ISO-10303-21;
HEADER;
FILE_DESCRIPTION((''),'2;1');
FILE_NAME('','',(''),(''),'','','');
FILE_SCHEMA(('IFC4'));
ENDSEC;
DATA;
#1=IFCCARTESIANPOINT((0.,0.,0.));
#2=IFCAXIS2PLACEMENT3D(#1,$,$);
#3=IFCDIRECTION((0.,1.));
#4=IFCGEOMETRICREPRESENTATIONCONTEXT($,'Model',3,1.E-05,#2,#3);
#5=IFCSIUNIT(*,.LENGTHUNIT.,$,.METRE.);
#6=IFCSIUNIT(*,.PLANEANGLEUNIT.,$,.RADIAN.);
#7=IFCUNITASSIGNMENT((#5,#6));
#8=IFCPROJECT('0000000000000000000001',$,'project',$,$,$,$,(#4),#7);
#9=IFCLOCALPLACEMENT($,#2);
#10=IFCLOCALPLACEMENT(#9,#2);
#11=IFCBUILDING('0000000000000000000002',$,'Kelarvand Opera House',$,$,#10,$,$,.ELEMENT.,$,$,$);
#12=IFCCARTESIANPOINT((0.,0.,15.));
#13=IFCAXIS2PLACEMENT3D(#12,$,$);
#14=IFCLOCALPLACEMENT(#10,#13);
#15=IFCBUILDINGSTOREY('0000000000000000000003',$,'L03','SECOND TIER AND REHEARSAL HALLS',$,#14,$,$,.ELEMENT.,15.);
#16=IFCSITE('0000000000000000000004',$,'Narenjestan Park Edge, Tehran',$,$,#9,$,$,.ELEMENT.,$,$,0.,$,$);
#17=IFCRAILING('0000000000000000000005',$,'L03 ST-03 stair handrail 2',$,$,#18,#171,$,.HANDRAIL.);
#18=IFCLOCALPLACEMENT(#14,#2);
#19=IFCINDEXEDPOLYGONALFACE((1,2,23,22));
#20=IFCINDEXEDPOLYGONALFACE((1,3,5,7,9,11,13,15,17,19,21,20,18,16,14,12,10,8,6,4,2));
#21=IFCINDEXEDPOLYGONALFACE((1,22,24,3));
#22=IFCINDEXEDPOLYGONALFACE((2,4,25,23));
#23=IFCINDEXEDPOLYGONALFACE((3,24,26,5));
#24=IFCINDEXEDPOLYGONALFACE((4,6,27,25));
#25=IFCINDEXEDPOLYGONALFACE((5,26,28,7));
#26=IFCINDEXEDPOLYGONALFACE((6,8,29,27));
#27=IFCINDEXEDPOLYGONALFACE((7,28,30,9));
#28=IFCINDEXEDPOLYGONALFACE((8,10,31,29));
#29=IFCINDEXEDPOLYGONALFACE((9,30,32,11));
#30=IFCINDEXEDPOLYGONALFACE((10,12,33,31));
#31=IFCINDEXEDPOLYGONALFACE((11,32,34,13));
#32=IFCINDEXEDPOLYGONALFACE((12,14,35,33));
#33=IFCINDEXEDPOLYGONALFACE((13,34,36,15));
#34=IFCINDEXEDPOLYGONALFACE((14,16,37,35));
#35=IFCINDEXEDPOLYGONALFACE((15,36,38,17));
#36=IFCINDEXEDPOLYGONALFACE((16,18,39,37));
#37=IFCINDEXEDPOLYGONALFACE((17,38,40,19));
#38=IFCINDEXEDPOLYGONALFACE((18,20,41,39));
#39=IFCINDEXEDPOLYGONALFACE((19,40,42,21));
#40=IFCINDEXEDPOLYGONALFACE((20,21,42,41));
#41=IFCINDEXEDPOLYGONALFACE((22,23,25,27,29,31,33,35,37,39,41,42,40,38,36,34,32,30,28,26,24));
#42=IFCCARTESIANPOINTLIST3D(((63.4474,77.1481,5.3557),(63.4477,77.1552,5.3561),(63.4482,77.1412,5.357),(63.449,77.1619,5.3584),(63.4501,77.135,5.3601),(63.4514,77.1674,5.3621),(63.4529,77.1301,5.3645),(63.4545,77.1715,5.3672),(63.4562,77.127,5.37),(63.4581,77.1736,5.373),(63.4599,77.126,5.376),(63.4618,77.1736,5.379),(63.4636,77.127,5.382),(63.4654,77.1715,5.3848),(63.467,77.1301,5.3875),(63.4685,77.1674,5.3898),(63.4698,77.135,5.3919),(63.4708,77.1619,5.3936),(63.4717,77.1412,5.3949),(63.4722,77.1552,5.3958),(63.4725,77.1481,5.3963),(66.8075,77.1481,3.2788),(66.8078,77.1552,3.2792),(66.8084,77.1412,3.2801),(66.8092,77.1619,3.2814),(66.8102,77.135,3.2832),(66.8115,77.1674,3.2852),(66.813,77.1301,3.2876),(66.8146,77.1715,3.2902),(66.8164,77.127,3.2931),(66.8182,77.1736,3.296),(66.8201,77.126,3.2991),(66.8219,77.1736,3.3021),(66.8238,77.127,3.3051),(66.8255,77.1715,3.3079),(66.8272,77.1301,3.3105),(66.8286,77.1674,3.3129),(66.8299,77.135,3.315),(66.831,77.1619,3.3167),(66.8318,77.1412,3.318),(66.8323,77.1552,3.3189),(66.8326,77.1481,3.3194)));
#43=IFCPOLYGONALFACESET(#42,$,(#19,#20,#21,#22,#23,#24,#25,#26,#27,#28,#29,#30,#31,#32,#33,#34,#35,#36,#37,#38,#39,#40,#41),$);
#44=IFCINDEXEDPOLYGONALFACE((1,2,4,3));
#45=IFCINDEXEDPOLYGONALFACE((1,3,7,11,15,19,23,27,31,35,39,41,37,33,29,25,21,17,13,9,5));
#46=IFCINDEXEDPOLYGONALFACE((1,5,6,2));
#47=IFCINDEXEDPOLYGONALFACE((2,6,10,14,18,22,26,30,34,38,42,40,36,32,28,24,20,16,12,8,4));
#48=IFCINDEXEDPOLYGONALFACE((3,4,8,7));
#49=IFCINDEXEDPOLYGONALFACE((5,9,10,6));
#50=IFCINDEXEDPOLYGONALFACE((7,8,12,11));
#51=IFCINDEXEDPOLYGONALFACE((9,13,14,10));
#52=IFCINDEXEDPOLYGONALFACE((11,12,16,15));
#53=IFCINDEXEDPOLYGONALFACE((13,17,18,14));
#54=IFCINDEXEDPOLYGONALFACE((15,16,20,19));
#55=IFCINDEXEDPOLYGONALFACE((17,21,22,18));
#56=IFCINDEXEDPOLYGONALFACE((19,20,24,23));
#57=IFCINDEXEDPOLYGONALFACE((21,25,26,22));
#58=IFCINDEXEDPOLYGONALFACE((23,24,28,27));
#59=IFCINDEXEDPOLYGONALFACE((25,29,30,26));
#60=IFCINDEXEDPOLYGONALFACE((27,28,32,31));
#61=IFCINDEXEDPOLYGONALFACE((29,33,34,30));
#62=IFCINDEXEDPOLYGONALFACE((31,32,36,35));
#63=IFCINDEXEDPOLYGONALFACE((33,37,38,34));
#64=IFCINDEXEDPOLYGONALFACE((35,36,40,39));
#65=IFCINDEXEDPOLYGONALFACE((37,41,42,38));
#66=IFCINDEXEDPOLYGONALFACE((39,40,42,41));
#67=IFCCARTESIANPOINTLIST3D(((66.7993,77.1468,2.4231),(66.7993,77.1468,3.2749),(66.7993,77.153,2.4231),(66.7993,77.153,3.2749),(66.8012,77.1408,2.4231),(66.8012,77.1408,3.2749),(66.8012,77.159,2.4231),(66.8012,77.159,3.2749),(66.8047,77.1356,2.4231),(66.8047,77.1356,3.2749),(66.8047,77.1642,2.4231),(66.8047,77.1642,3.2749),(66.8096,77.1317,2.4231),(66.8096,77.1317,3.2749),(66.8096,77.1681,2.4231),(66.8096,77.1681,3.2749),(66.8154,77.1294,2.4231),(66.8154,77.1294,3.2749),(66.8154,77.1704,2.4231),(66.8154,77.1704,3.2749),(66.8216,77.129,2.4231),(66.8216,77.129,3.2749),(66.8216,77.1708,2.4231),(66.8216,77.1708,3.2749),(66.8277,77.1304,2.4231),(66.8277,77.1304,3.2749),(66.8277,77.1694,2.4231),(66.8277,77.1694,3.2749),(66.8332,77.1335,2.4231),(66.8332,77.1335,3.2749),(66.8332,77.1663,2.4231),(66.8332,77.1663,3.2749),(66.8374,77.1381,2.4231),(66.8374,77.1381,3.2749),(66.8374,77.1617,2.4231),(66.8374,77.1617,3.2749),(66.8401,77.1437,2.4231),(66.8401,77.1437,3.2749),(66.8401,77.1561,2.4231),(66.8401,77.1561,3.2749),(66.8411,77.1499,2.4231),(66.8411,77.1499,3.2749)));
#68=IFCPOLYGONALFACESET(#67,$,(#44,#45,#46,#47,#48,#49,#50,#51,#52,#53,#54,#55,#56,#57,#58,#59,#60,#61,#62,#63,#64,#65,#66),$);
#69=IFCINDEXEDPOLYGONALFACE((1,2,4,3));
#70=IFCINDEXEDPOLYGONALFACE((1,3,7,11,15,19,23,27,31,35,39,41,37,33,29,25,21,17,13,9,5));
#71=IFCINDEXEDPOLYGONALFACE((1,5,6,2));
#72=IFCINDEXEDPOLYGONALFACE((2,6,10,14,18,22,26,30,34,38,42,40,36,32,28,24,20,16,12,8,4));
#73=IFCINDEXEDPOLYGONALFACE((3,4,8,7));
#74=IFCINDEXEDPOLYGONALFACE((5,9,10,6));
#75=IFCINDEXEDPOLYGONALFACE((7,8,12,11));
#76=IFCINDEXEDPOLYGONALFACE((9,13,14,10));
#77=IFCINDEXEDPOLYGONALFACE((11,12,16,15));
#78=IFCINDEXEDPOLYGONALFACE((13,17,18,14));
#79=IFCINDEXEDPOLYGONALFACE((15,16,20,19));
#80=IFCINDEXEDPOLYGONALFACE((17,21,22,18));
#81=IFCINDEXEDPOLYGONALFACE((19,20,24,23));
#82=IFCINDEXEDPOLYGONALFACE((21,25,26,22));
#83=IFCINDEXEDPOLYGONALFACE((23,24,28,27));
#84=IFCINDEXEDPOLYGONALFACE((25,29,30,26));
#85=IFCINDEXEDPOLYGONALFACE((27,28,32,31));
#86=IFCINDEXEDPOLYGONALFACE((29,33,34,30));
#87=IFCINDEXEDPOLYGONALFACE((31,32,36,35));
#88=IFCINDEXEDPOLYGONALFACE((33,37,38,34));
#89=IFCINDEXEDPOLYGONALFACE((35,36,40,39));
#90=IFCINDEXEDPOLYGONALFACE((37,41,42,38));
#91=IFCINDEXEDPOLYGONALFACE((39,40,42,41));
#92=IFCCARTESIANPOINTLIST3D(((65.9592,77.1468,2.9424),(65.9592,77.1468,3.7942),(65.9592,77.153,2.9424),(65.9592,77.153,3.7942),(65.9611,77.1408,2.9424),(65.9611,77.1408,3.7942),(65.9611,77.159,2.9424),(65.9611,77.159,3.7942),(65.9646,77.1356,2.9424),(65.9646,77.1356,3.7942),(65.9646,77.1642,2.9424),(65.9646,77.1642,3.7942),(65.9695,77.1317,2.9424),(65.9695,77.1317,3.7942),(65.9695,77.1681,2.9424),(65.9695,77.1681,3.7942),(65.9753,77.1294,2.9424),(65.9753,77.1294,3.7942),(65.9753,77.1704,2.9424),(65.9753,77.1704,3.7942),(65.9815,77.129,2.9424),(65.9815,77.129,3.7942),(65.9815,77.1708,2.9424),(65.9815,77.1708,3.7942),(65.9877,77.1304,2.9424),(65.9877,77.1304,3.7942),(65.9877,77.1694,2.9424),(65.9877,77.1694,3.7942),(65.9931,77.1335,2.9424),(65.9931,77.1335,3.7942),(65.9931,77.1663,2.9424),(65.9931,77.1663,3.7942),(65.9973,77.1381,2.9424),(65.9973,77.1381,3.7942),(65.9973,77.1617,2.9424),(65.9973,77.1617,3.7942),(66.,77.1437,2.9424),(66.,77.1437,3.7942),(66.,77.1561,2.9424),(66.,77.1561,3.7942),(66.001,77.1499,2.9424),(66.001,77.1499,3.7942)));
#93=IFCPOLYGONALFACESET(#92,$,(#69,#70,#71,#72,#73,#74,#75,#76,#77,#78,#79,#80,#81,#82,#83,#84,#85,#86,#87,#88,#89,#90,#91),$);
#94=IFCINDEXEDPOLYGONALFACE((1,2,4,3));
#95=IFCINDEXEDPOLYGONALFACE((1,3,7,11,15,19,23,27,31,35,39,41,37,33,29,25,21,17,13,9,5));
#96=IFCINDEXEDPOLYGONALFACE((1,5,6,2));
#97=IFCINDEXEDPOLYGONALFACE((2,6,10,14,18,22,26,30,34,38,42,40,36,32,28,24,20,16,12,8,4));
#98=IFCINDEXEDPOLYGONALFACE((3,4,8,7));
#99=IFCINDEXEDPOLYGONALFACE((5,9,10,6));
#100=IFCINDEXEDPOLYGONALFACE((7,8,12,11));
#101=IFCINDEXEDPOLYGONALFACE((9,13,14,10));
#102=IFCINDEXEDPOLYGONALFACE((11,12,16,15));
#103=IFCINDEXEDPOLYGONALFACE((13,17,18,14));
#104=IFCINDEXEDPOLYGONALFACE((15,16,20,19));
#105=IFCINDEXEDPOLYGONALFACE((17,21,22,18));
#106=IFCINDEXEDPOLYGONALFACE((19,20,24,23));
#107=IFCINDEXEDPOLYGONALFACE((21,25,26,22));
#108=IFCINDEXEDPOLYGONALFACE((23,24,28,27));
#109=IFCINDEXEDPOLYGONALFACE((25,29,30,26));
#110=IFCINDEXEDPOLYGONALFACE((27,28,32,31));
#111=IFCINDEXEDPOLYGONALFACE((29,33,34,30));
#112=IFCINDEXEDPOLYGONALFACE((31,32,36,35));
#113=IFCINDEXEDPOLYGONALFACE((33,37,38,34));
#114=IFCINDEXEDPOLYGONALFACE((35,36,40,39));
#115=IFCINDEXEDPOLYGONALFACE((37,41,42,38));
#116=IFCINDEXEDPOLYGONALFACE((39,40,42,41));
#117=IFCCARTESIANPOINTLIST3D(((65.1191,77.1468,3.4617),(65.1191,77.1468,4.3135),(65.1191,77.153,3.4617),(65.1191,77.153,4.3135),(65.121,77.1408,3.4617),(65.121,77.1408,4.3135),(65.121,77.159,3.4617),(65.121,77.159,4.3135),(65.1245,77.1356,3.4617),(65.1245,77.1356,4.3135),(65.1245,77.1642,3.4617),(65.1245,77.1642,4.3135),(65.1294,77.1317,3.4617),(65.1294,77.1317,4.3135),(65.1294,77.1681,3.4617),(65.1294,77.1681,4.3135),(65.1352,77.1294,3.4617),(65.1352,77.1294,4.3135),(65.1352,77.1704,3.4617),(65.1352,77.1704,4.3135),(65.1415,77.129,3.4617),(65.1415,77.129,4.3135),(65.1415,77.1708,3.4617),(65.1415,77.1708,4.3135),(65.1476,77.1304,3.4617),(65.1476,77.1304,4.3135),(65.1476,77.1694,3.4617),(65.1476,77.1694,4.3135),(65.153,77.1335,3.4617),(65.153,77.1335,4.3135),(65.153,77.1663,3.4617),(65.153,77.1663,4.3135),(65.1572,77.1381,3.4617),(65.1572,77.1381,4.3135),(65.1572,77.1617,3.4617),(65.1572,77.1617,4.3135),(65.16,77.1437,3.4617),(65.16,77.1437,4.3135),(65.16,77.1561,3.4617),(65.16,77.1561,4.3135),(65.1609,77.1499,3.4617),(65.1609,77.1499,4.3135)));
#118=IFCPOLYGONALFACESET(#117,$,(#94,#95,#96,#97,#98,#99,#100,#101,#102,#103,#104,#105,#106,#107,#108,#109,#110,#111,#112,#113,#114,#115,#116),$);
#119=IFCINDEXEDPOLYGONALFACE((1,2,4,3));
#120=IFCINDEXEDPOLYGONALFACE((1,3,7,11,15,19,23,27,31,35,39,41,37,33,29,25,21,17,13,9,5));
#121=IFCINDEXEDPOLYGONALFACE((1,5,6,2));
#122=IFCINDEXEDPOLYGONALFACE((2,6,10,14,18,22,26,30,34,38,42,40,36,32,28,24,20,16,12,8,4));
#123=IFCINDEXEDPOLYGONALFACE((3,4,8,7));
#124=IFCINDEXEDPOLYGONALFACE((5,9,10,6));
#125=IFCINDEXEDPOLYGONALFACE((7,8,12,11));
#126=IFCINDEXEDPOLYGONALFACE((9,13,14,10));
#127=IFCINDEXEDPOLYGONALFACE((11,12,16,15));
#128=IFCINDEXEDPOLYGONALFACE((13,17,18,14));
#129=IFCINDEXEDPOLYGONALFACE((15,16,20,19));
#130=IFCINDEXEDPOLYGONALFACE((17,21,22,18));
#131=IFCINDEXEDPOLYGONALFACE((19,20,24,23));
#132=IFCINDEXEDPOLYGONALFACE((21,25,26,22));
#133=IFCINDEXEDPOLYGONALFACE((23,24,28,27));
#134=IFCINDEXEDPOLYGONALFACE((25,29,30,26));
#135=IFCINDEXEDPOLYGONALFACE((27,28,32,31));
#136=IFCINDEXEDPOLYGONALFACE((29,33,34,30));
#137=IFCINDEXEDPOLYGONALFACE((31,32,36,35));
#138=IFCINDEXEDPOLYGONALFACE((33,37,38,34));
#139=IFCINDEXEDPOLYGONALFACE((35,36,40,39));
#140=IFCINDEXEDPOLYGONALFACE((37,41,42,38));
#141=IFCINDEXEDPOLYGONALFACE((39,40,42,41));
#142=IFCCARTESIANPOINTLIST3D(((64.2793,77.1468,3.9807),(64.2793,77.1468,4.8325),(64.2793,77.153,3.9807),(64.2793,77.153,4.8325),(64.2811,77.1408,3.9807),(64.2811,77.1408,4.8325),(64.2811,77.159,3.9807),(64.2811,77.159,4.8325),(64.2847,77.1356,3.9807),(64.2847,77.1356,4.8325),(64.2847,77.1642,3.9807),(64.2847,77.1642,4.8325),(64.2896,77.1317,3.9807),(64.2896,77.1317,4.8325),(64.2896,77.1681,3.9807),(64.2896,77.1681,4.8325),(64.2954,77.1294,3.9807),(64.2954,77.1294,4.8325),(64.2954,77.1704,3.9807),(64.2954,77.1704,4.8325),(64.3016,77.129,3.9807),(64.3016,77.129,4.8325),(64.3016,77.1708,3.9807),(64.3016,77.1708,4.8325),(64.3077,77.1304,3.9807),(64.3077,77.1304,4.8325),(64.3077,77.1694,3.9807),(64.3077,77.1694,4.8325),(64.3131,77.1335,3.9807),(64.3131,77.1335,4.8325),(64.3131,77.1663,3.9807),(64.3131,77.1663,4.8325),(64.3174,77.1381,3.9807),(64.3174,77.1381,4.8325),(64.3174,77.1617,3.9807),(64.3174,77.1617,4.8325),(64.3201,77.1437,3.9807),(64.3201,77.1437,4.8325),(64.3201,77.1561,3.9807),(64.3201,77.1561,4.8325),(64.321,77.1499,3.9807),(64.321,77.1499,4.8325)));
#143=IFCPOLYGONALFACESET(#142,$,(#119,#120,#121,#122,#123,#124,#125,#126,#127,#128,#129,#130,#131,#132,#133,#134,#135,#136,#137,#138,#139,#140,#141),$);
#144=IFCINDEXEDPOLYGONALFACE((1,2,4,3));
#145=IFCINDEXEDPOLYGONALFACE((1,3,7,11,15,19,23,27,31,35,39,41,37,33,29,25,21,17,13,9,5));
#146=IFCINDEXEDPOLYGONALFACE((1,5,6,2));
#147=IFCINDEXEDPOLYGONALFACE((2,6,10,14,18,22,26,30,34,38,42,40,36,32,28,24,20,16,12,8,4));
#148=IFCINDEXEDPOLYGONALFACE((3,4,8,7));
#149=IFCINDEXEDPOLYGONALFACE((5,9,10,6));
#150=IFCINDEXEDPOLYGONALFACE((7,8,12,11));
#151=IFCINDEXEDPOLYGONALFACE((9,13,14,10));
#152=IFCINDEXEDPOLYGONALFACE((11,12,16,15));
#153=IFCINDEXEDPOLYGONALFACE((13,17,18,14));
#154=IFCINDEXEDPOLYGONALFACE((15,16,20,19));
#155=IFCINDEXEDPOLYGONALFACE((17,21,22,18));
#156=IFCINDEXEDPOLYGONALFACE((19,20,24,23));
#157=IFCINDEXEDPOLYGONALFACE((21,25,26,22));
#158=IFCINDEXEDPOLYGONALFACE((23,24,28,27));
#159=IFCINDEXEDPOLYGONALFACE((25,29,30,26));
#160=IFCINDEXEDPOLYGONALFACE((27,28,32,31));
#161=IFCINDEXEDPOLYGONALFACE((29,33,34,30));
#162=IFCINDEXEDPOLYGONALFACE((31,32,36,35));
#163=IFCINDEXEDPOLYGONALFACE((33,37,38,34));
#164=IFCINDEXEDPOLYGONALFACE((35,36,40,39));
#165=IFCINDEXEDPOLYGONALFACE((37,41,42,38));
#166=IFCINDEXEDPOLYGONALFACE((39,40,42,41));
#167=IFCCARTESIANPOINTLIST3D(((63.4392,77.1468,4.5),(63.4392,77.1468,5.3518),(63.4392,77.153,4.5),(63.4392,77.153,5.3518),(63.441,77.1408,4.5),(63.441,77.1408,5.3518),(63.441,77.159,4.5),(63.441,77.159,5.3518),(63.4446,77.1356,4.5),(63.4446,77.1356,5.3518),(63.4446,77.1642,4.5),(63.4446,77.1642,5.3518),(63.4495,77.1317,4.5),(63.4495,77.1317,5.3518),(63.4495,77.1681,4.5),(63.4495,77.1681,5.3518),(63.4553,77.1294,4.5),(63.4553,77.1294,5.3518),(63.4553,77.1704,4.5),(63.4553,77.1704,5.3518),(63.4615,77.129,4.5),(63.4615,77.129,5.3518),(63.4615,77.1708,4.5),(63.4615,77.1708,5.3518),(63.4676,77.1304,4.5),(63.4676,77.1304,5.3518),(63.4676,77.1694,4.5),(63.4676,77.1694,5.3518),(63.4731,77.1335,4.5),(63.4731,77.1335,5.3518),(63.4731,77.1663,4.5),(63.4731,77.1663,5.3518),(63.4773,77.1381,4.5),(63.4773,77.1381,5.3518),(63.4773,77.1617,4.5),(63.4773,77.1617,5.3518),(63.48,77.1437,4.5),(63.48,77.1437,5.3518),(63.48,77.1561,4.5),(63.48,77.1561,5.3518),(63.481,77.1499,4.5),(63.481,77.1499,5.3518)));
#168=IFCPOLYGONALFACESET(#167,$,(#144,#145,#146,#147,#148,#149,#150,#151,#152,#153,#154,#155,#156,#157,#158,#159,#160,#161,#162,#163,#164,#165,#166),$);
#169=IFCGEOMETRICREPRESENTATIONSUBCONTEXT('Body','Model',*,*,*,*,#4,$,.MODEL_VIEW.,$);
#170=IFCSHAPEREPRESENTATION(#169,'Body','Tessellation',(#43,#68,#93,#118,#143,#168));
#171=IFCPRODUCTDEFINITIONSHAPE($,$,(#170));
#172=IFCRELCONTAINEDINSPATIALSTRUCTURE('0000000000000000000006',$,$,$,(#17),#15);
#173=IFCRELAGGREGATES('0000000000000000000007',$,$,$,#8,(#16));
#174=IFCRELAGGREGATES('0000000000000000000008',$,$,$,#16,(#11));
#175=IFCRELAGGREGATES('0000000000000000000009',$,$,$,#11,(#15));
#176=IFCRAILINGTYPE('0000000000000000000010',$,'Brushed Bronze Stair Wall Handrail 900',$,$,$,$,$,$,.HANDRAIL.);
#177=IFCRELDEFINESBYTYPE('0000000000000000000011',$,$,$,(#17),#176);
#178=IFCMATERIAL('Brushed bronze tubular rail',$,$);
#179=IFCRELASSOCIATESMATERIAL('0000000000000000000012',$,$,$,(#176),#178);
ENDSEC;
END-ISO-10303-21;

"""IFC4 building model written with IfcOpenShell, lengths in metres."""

from ifc_helpers import new_model, si_unit, direction, frame, origin, origin_2d, place, context, subcontext, project, spatial, circle, extrude, material, type_object, element, save


model = new_model("IFC4")

# Units and contexts
model_context = context("Model", 3, precision=1e-05, world=origin(), true_north=direction((0.0, 1.0)))
body_context = subcontext(model_context, "Body", "Model", "MODEL_VIEW")
ifc_project = project(units=[si_unit("LENGTHUNIT", "METRE"), si_unit("PLANEANGLEUNIT", "RADIAN")], contexts=[model_context])

# Site, building, storey
site_placement = place(None, origin())
site = spatial("IfcSite", under=ifc_project, at=site_placement, Name="Narenjestan Park Edge, Tehran", CompositionType="ELEMENT", RefElevation=0.0)
building_placement = place(site_placement, origin())
building = spatial("IfcBuilding", under=site, at=building_placement, Name="Kelarvand Opera House", CompositionType="ELEMENT")
storey_placement = place(building_placement, frame((0.0, 0.0, 15.0)))
storey = spatial("IfcBuildingStorey", under=building, at=storey_placement, Name="L03", Description="SECOND TIER AND REHEARSAL HALLS", CompositionType="ELEMENT", Elevation=15.0)

# Railing
ifc_material_1 = material(Name="Brushed bronze tubular rail")
railing_type_1 = type_object("IfcRailingType", Name="Brushed Bronze Stair Wall Handrail 900", PredefinedType="HANDRAIL", material=ifc_material_1)
railing_1_placement = place(storey_placement, frame((66.8201, 77.1499, 2.4231)))
element("IfcRailing", 1, at=railing_1_placement, inside=storey, type_object=railing_type_1, Name="L03 ST-03 stair handrail 2", PredefinedType="HANDRAIL", context=body_context, shape_type="SweptSolid", body=[
    extrude(circle(Radius=0.0239, at=origin_2d()), frame((0.0, 0.0, 0.876), z_axis=(-0.850623, 0.0, 0.525776), x_axis=(0.0, -1.0, 0.0)), (0.0, 0.0, 1.0), 3.9502),
    extrude(circle(Radius=0.021, at=origin_2d()), origin(), (0.0, 0.0, 1.0), 0.8518),
    extrude(circle(Radius=0.021, at=origin_2d()), frame((-0.8401, 0.0, 0.5193)), (0.0, 0.0, 1.0), 0.8518),
    extrude(circle(Radius=0.021, at=origin_2d()), frame((-1.6802, 0.0, 1.0386)), (0.0, 0.0, 1.0), 0.8518),
    extrude(circle(Radius=0.021, at=origin_2d()), frame((-2.52, 0.0, 1.5576)), (0.0, 0.0, 1.0), 0.8518),
    extrude(circle(Radius=0.021, at=origin_2d()), frame((-3.3601, 0.0, 2.0769)), (0.0, 0.0, 1.0), 0.8518),
])

save(model, "model.ifc")
